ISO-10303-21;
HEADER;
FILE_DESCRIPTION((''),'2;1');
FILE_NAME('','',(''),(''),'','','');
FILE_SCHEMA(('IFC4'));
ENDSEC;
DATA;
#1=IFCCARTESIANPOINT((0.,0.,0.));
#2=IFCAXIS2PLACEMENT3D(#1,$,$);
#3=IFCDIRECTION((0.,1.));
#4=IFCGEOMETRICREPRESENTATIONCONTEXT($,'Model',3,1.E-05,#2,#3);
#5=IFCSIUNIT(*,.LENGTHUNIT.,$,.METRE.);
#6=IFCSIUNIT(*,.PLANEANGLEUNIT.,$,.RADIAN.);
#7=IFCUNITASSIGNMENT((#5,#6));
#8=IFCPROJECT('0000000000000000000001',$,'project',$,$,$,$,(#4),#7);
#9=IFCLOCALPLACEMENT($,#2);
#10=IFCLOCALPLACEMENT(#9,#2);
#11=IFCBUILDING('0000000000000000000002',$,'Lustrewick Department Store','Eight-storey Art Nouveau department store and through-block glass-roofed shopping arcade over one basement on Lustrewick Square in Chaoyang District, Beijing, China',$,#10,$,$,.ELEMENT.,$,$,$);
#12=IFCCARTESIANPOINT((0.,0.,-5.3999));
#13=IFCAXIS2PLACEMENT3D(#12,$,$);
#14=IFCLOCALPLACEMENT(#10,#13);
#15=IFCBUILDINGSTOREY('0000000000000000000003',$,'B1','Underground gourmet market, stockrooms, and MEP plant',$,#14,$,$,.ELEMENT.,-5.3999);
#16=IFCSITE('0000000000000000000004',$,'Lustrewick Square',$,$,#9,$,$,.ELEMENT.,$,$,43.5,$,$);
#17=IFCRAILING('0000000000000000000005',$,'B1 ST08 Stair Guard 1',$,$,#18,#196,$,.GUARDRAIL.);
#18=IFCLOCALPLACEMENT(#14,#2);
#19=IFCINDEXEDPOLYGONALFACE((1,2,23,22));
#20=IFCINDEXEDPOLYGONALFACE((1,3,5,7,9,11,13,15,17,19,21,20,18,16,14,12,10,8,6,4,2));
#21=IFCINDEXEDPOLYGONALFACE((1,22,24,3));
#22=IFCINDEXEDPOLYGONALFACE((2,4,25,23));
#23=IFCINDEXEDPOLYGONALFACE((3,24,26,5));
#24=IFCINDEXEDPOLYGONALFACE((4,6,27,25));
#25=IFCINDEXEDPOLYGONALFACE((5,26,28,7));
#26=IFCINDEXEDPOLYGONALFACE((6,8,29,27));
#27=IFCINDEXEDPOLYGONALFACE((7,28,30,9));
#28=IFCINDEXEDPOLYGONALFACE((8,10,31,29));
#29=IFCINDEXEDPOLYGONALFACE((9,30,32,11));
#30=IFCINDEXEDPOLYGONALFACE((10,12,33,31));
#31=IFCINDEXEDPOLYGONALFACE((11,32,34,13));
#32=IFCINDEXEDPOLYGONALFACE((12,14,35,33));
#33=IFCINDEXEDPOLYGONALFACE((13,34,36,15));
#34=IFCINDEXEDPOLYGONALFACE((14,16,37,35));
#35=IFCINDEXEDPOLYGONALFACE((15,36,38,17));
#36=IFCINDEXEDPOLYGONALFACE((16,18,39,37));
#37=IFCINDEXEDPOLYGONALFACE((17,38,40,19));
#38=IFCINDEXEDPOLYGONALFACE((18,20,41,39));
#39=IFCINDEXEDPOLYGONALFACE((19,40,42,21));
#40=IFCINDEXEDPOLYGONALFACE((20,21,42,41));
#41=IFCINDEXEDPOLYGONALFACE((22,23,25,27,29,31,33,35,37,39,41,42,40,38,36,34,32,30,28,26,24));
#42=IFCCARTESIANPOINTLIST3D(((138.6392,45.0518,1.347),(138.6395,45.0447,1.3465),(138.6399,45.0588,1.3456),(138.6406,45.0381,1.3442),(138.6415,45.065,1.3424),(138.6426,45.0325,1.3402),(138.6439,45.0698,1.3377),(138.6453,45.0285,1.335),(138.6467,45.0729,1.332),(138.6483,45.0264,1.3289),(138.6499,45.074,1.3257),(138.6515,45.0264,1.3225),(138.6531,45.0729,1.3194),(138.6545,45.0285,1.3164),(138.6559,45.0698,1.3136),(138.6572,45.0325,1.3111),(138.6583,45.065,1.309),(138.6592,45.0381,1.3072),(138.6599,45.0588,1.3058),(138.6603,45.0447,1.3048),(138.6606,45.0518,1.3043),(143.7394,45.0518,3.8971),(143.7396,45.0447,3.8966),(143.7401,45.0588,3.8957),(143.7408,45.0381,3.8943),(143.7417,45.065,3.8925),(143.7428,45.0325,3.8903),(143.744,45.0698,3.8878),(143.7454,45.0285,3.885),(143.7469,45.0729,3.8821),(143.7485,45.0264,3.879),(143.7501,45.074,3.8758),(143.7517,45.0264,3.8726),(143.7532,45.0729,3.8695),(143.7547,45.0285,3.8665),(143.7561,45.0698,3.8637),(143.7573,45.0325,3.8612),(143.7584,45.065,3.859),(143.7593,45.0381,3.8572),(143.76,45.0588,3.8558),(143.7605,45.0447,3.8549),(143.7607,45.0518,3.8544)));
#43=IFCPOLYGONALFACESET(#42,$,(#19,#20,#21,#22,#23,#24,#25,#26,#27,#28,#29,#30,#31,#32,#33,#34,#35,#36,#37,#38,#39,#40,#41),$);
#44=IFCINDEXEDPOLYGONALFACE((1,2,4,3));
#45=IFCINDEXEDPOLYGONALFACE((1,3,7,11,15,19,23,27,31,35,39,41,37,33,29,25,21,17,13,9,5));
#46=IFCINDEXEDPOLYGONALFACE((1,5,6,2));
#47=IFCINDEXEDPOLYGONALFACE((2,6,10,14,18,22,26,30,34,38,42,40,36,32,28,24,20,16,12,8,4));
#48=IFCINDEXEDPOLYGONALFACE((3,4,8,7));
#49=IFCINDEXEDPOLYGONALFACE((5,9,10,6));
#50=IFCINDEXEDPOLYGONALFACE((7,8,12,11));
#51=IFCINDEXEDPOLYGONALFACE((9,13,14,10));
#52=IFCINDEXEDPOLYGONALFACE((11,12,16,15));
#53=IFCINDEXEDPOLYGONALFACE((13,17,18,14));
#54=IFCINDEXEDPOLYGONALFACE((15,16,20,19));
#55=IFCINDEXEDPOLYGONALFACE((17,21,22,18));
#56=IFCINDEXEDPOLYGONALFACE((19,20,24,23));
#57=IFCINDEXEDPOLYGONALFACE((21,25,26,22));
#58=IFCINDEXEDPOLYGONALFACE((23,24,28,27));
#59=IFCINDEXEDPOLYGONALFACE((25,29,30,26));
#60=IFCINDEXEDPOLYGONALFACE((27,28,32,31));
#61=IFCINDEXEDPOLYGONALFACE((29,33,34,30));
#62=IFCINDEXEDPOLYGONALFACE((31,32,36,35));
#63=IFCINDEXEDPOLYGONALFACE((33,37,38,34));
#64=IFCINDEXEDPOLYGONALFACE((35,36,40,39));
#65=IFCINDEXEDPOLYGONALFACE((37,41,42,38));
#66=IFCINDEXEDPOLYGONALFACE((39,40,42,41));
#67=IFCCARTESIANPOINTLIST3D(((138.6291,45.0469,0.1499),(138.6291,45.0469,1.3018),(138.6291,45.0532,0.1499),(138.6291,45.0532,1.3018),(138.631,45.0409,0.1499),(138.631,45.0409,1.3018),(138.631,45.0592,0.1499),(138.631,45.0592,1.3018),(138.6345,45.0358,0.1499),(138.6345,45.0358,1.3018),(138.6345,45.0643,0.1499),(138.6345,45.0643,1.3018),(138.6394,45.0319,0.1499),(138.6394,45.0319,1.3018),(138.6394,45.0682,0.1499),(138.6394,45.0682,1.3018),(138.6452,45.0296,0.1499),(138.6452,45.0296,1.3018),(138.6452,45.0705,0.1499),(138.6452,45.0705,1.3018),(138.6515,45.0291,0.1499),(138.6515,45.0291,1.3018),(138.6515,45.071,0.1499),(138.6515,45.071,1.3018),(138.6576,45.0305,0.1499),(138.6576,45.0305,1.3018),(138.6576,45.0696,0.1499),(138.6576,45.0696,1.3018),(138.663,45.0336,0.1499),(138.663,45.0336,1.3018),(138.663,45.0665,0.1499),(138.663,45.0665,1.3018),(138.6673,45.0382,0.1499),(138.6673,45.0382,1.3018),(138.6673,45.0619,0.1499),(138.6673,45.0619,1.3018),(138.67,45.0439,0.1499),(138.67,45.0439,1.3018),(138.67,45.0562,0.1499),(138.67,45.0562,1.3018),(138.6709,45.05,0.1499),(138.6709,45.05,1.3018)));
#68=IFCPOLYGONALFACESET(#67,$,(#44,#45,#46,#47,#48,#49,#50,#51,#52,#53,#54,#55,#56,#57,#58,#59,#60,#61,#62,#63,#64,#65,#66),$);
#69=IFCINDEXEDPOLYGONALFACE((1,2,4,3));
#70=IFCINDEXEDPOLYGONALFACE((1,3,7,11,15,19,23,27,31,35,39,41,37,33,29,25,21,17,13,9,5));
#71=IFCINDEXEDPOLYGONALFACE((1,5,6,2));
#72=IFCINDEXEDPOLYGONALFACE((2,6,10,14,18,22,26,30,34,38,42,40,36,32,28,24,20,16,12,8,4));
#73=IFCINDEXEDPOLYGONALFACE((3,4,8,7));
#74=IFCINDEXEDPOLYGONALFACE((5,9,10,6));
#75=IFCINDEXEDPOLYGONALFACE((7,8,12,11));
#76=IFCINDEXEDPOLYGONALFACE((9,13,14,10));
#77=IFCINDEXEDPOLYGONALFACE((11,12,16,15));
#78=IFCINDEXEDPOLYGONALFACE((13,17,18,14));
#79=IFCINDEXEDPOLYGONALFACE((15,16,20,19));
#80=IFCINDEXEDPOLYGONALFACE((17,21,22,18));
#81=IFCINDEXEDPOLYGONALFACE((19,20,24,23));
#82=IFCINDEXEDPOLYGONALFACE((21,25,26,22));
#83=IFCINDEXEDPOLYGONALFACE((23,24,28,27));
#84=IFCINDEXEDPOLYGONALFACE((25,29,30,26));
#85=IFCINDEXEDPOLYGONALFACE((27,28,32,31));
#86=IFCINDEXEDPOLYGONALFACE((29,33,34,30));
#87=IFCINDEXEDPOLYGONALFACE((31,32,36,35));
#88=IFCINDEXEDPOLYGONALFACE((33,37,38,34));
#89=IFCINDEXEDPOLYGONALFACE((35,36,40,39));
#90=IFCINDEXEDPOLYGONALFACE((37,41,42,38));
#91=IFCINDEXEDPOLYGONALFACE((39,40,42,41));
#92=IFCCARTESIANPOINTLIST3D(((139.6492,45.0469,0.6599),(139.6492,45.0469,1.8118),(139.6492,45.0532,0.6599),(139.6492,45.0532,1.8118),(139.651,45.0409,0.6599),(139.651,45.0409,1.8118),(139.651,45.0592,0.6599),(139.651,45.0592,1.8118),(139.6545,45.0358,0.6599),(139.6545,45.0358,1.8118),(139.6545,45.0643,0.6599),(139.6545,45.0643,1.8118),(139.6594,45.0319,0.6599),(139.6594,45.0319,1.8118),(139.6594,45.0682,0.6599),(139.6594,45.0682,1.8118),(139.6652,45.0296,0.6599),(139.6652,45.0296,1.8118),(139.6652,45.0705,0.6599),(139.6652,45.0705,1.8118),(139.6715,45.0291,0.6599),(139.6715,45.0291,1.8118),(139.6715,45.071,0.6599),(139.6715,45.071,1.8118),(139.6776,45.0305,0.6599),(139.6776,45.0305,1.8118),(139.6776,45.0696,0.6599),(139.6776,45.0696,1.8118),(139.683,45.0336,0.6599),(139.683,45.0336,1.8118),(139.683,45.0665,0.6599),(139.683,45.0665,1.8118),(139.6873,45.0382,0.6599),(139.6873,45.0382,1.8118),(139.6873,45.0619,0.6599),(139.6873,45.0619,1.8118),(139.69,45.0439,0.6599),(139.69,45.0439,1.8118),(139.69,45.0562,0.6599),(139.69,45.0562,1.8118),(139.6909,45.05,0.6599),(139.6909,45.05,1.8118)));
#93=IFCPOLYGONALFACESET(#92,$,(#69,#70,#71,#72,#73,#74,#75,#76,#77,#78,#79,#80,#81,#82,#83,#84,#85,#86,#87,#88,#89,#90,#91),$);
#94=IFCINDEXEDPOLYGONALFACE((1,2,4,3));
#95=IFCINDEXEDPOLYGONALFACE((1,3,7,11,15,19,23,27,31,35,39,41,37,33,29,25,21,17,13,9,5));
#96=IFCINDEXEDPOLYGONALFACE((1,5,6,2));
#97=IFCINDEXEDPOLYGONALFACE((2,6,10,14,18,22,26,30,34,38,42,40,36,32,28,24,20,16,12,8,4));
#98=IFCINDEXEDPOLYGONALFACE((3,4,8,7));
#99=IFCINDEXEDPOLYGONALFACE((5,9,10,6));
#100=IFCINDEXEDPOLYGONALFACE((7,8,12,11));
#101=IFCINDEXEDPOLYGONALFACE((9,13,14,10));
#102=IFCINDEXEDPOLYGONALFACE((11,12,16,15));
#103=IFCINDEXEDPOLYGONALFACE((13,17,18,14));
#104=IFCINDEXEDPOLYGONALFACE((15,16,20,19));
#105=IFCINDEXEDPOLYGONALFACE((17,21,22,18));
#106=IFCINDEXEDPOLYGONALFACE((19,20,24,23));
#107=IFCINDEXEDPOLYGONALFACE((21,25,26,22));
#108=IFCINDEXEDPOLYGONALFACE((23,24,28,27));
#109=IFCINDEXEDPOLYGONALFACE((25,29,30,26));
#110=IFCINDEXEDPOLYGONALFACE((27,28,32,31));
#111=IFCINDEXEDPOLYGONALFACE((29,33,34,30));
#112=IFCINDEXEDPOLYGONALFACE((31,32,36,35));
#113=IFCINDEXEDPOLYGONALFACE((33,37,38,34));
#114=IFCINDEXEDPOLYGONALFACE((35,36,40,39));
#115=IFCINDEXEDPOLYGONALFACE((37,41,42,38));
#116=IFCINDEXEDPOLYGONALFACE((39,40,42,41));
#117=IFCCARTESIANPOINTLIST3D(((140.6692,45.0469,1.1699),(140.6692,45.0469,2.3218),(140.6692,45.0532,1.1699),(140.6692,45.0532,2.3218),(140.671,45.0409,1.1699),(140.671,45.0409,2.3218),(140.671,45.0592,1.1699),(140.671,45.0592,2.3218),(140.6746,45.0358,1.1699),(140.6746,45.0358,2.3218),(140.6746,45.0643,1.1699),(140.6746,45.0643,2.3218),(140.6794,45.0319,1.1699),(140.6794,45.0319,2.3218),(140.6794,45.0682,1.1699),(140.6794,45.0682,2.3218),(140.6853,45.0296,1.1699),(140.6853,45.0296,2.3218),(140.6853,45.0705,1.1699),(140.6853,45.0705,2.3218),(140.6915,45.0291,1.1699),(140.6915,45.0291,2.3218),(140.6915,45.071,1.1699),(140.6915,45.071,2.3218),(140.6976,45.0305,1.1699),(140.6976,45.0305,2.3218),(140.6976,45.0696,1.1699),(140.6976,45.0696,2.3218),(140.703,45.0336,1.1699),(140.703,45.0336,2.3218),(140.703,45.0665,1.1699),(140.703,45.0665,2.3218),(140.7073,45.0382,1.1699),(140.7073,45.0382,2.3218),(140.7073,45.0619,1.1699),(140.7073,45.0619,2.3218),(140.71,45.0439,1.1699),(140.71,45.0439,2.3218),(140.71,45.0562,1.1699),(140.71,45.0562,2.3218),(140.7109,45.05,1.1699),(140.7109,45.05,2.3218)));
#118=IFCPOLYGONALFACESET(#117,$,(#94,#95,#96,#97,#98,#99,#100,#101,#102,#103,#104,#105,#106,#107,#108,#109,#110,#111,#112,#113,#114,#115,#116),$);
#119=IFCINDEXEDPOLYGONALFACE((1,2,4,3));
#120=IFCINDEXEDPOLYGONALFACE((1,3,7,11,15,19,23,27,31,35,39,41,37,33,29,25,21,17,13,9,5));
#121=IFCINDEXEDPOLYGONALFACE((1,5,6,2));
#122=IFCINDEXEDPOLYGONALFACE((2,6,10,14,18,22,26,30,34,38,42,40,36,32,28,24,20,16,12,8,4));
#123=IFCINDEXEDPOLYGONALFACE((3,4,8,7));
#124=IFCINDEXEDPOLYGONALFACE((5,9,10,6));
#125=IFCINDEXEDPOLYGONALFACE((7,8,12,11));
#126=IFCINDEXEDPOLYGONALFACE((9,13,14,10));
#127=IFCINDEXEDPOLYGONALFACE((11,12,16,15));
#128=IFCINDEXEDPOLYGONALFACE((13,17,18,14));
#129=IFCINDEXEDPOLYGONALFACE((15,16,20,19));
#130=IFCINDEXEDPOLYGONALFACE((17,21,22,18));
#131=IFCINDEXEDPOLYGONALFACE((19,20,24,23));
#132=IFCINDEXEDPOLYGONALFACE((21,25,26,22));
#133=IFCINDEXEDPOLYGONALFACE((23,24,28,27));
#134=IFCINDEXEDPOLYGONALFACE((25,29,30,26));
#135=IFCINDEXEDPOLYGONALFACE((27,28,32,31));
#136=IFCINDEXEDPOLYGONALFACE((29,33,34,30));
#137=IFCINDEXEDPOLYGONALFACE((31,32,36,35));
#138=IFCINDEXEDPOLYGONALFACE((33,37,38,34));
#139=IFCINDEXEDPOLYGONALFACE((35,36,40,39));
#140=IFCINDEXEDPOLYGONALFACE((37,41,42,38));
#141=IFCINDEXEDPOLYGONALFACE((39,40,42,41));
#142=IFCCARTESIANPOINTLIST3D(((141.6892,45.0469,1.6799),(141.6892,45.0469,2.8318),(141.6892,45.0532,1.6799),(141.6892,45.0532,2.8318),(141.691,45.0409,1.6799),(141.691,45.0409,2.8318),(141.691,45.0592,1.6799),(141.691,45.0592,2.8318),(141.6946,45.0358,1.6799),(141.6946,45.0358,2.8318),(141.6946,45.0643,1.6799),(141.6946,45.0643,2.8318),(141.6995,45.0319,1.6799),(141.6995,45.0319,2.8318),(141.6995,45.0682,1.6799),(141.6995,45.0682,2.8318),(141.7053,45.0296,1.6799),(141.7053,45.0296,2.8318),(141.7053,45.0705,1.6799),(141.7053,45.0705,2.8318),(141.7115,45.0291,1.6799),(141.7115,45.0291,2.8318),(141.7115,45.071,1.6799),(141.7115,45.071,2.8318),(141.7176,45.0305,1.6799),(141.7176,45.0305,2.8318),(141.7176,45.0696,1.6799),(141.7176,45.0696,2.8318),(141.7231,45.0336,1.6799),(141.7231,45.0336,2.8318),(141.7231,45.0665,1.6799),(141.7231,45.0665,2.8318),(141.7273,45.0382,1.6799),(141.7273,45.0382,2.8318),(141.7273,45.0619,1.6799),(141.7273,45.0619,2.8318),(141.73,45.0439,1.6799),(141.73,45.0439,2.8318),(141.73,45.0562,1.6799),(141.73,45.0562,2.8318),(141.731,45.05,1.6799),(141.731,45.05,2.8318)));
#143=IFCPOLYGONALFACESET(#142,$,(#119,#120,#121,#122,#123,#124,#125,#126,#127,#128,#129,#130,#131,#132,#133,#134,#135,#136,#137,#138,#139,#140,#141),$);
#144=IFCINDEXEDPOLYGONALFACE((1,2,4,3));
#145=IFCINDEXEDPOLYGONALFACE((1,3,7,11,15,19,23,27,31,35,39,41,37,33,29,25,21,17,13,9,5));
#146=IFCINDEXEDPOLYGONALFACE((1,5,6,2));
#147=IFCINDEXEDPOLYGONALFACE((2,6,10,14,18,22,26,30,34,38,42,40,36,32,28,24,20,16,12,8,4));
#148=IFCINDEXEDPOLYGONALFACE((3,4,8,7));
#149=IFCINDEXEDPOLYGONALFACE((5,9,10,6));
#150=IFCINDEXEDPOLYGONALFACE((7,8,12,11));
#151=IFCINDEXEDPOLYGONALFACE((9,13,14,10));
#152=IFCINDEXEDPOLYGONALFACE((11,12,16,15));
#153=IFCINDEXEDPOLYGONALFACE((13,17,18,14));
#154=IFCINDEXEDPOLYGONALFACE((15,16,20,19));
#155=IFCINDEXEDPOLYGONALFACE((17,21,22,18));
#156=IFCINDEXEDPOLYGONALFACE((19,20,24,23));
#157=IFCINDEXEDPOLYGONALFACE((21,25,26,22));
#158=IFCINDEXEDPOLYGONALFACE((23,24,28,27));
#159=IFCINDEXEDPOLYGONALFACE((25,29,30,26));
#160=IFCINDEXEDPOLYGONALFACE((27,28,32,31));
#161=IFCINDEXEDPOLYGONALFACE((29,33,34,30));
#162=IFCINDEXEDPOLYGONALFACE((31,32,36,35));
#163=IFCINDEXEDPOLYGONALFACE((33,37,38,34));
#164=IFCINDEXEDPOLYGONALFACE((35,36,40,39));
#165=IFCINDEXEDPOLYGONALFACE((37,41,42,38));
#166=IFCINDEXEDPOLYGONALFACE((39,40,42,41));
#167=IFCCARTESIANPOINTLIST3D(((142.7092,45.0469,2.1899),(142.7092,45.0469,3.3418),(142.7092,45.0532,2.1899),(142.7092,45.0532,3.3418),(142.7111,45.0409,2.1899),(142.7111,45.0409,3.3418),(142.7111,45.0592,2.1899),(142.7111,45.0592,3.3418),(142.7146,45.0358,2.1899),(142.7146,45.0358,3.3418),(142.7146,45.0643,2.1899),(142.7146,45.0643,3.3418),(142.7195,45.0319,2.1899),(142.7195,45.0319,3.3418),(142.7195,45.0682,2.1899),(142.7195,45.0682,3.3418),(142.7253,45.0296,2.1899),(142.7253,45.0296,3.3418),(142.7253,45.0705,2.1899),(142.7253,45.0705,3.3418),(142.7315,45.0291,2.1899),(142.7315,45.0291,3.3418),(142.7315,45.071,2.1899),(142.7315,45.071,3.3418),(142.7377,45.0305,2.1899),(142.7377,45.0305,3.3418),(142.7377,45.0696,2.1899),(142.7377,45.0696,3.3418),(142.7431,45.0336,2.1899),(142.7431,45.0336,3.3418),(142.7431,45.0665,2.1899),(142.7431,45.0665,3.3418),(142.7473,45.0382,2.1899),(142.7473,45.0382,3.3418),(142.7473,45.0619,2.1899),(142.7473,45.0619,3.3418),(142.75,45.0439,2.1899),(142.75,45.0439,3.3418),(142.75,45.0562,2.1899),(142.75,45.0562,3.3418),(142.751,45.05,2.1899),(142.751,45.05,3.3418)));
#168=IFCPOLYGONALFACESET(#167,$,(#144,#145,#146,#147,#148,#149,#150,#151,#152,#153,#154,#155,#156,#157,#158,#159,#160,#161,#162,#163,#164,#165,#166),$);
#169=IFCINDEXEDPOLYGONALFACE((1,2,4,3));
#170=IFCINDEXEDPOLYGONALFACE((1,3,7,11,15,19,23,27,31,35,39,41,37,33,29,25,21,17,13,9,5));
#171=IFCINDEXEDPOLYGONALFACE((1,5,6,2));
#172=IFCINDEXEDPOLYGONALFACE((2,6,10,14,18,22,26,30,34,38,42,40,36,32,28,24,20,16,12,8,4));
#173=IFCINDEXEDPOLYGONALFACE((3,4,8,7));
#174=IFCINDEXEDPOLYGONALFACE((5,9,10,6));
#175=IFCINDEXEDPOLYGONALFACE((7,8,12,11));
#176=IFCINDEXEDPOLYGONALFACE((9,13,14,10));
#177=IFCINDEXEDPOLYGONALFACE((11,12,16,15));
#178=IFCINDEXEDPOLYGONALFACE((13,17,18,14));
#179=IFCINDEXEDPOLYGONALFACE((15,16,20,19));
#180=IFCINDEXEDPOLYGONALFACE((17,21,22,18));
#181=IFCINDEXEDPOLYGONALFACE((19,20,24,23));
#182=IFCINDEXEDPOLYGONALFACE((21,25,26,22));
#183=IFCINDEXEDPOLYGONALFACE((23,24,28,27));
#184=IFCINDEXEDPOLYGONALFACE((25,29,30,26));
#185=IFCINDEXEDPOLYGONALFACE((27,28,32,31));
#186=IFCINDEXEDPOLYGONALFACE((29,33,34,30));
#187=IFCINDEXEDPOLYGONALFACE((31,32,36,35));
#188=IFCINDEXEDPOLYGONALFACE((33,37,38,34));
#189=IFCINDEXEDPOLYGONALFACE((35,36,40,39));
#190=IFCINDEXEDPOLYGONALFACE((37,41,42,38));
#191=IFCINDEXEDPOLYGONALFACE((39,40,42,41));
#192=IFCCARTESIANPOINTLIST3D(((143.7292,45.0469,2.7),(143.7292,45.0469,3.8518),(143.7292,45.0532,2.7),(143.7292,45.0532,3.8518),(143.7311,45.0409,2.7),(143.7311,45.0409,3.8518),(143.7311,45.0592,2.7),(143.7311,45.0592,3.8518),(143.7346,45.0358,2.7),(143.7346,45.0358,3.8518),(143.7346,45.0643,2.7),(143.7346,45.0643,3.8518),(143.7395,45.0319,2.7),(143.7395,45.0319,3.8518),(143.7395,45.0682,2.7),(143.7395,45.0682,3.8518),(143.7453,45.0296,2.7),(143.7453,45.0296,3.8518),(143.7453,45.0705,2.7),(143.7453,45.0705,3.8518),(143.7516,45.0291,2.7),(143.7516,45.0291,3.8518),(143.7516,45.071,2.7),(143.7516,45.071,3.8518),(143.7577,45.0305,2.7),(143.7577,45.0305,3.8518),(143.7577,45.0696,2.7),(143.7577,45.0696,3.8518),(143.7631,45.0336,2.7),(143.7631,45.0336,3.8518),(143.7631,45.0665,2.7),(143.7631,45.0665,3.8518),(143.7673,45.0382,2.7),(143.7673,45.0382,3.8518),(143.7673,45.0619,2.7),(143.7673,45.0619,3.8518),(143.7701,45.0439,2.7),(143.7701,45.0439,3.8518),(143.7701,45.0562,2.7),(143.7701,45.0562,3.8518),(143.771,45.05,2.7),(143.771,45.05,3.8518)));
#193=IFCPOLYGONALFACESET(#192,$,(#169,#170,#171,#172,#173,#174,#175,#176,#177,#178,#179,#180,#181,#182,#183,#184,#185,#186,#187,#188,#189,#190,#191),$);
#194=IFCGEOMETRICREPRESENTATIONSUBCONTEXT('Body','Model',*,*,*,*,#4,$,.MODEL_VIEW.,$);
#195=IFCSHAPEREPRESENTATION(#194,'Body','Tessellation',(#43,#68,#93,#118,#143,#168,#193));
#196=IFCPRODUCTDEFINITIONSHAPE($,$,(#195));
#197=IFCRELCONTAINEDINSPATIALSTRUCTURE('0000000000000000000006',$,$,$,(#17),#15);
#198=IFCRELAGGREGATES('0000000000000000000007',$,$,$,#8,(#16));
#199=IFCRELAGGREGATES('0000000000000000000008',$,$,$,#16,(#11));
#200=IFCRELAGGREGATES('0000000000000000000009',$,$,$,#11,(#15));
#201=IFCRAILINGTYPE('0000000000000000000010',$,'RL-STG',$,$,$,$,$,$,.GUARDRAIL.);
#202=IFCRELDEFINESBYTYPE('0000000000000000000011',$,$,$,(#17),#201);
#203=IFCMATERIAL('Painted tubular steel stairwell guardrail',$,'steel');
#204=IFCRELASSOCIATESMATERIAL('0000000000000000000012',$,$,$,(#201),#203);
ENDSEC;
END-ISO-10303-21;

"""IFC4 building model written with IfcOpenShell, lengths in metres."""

from ifc_helpers import new_model, si_unit, direction, frame, origin, origin_2d, place, context, subcontext, project, spatial, circle, extrude, material, type_object, element, save


model = new_model("IFC4")

# Units and contexts
model_context = context("Model", 3, precision=1e-05, world=origin(), true_north=direction((0.0, 1.0)))
body_context = subcontext(model_context, "Body", "Model", "MODEL_VIEW")
ifc_project = project(units=[si_unit("LENGTHUNIT", "METRE"), si_unit("PLANEANGLEUNIT", "RADIAN")], contexts=[model_context])

# Site, building, storey
site_placement = place(None, origin())
site = spatial("IfcSite", under=ifc_project, at=site_placement, Name="Lustrewick Square", CompositionType="ELEMENT", RefElevation=43.5)
building_placement = place(site_placement, origin())
building = spatial("IfcBuilding", under=site, at=building_placement, Name="Lustrewick Department Store", Description="Eight-storey Art Nouveau department store and through-block glass-roofed shopping arcade over one basement on Lustrewick Square in Chaoyang District, Beijing, China", CompositionType="ELEMENT")
storey_placement = place(building_placement, frame((0.0, 0.0, -5.3999)))
storey = spatial("IfcBuildingStorey", under=building, at=storey_placement, Name="B1", Description="Underground gourmet market, stockrooms, and MEP plant", CompositionType="ELEMENT", Elevation=-5.3999)

# Railing
ifc_material_1 = material(Name="Painted tubular steel stairwell guardrail", Category="steel")
railing_type_1 = type_object("IfcRailingType", Name="RL-STG", PredefinedType="GUARDRAIL", material=ifc_material_1)
railing_1_placement = place(storey_placement, frame((138.6499, 45.05, 0.1499)))
element("IfcRailing", 1, at=railing_1_placement, inside=storey, type_object=railing_type_1, Name="B1 ST08 Stair Guard 1", PredefinedType="GUARDRAIL", context=body_context, shape_type="SweptSolid", body=[
    extrude(circle(Radius=0.0239, at=origin_2d()), frame((0.0, 0.0, 1.1758), z_axis=(0.894427, 0.0, 0.447214), x_axis=(0.0, 1.0, 0.0)), (0.0, 0.0, 1.0), 5.7021),
    extrude(circle(Radius=0.021, at=origin_2d()), origin(), (0.0, 0.0, 1.0), 1.1519),
    extrude(circle(Radius=0.021, at=origin_2d()), frame((1.02, 0.0, 0.51)), (0.0, 0.0, 1.0), 1.1519),
    extrude(circle(Radius=0.021, at=origin_2d()), frame((2.04, 0.0, 1.02)), (0.0, 0.0, 1.0), 1.1519),
    extrude(circle(Radius=0.021, at=origin_2d()), frame((3.0601, 0.0, 1.53)), (0.0, 0.0, 1.0), 1.1519),
    extrude(circle(Radius=0.021, at=origin_2d()), frame((4.0801, 0.0, 2.04)), (0.0, 0.0, 1.0), 1.1519),
    extrude(circle(Radius=0.021, at=origin_2d()), frame((5.1001, 0.0, 2.55)), (0.0, 0.0, 1.0), 1.1519),
])

save(model, "model.ifc")
